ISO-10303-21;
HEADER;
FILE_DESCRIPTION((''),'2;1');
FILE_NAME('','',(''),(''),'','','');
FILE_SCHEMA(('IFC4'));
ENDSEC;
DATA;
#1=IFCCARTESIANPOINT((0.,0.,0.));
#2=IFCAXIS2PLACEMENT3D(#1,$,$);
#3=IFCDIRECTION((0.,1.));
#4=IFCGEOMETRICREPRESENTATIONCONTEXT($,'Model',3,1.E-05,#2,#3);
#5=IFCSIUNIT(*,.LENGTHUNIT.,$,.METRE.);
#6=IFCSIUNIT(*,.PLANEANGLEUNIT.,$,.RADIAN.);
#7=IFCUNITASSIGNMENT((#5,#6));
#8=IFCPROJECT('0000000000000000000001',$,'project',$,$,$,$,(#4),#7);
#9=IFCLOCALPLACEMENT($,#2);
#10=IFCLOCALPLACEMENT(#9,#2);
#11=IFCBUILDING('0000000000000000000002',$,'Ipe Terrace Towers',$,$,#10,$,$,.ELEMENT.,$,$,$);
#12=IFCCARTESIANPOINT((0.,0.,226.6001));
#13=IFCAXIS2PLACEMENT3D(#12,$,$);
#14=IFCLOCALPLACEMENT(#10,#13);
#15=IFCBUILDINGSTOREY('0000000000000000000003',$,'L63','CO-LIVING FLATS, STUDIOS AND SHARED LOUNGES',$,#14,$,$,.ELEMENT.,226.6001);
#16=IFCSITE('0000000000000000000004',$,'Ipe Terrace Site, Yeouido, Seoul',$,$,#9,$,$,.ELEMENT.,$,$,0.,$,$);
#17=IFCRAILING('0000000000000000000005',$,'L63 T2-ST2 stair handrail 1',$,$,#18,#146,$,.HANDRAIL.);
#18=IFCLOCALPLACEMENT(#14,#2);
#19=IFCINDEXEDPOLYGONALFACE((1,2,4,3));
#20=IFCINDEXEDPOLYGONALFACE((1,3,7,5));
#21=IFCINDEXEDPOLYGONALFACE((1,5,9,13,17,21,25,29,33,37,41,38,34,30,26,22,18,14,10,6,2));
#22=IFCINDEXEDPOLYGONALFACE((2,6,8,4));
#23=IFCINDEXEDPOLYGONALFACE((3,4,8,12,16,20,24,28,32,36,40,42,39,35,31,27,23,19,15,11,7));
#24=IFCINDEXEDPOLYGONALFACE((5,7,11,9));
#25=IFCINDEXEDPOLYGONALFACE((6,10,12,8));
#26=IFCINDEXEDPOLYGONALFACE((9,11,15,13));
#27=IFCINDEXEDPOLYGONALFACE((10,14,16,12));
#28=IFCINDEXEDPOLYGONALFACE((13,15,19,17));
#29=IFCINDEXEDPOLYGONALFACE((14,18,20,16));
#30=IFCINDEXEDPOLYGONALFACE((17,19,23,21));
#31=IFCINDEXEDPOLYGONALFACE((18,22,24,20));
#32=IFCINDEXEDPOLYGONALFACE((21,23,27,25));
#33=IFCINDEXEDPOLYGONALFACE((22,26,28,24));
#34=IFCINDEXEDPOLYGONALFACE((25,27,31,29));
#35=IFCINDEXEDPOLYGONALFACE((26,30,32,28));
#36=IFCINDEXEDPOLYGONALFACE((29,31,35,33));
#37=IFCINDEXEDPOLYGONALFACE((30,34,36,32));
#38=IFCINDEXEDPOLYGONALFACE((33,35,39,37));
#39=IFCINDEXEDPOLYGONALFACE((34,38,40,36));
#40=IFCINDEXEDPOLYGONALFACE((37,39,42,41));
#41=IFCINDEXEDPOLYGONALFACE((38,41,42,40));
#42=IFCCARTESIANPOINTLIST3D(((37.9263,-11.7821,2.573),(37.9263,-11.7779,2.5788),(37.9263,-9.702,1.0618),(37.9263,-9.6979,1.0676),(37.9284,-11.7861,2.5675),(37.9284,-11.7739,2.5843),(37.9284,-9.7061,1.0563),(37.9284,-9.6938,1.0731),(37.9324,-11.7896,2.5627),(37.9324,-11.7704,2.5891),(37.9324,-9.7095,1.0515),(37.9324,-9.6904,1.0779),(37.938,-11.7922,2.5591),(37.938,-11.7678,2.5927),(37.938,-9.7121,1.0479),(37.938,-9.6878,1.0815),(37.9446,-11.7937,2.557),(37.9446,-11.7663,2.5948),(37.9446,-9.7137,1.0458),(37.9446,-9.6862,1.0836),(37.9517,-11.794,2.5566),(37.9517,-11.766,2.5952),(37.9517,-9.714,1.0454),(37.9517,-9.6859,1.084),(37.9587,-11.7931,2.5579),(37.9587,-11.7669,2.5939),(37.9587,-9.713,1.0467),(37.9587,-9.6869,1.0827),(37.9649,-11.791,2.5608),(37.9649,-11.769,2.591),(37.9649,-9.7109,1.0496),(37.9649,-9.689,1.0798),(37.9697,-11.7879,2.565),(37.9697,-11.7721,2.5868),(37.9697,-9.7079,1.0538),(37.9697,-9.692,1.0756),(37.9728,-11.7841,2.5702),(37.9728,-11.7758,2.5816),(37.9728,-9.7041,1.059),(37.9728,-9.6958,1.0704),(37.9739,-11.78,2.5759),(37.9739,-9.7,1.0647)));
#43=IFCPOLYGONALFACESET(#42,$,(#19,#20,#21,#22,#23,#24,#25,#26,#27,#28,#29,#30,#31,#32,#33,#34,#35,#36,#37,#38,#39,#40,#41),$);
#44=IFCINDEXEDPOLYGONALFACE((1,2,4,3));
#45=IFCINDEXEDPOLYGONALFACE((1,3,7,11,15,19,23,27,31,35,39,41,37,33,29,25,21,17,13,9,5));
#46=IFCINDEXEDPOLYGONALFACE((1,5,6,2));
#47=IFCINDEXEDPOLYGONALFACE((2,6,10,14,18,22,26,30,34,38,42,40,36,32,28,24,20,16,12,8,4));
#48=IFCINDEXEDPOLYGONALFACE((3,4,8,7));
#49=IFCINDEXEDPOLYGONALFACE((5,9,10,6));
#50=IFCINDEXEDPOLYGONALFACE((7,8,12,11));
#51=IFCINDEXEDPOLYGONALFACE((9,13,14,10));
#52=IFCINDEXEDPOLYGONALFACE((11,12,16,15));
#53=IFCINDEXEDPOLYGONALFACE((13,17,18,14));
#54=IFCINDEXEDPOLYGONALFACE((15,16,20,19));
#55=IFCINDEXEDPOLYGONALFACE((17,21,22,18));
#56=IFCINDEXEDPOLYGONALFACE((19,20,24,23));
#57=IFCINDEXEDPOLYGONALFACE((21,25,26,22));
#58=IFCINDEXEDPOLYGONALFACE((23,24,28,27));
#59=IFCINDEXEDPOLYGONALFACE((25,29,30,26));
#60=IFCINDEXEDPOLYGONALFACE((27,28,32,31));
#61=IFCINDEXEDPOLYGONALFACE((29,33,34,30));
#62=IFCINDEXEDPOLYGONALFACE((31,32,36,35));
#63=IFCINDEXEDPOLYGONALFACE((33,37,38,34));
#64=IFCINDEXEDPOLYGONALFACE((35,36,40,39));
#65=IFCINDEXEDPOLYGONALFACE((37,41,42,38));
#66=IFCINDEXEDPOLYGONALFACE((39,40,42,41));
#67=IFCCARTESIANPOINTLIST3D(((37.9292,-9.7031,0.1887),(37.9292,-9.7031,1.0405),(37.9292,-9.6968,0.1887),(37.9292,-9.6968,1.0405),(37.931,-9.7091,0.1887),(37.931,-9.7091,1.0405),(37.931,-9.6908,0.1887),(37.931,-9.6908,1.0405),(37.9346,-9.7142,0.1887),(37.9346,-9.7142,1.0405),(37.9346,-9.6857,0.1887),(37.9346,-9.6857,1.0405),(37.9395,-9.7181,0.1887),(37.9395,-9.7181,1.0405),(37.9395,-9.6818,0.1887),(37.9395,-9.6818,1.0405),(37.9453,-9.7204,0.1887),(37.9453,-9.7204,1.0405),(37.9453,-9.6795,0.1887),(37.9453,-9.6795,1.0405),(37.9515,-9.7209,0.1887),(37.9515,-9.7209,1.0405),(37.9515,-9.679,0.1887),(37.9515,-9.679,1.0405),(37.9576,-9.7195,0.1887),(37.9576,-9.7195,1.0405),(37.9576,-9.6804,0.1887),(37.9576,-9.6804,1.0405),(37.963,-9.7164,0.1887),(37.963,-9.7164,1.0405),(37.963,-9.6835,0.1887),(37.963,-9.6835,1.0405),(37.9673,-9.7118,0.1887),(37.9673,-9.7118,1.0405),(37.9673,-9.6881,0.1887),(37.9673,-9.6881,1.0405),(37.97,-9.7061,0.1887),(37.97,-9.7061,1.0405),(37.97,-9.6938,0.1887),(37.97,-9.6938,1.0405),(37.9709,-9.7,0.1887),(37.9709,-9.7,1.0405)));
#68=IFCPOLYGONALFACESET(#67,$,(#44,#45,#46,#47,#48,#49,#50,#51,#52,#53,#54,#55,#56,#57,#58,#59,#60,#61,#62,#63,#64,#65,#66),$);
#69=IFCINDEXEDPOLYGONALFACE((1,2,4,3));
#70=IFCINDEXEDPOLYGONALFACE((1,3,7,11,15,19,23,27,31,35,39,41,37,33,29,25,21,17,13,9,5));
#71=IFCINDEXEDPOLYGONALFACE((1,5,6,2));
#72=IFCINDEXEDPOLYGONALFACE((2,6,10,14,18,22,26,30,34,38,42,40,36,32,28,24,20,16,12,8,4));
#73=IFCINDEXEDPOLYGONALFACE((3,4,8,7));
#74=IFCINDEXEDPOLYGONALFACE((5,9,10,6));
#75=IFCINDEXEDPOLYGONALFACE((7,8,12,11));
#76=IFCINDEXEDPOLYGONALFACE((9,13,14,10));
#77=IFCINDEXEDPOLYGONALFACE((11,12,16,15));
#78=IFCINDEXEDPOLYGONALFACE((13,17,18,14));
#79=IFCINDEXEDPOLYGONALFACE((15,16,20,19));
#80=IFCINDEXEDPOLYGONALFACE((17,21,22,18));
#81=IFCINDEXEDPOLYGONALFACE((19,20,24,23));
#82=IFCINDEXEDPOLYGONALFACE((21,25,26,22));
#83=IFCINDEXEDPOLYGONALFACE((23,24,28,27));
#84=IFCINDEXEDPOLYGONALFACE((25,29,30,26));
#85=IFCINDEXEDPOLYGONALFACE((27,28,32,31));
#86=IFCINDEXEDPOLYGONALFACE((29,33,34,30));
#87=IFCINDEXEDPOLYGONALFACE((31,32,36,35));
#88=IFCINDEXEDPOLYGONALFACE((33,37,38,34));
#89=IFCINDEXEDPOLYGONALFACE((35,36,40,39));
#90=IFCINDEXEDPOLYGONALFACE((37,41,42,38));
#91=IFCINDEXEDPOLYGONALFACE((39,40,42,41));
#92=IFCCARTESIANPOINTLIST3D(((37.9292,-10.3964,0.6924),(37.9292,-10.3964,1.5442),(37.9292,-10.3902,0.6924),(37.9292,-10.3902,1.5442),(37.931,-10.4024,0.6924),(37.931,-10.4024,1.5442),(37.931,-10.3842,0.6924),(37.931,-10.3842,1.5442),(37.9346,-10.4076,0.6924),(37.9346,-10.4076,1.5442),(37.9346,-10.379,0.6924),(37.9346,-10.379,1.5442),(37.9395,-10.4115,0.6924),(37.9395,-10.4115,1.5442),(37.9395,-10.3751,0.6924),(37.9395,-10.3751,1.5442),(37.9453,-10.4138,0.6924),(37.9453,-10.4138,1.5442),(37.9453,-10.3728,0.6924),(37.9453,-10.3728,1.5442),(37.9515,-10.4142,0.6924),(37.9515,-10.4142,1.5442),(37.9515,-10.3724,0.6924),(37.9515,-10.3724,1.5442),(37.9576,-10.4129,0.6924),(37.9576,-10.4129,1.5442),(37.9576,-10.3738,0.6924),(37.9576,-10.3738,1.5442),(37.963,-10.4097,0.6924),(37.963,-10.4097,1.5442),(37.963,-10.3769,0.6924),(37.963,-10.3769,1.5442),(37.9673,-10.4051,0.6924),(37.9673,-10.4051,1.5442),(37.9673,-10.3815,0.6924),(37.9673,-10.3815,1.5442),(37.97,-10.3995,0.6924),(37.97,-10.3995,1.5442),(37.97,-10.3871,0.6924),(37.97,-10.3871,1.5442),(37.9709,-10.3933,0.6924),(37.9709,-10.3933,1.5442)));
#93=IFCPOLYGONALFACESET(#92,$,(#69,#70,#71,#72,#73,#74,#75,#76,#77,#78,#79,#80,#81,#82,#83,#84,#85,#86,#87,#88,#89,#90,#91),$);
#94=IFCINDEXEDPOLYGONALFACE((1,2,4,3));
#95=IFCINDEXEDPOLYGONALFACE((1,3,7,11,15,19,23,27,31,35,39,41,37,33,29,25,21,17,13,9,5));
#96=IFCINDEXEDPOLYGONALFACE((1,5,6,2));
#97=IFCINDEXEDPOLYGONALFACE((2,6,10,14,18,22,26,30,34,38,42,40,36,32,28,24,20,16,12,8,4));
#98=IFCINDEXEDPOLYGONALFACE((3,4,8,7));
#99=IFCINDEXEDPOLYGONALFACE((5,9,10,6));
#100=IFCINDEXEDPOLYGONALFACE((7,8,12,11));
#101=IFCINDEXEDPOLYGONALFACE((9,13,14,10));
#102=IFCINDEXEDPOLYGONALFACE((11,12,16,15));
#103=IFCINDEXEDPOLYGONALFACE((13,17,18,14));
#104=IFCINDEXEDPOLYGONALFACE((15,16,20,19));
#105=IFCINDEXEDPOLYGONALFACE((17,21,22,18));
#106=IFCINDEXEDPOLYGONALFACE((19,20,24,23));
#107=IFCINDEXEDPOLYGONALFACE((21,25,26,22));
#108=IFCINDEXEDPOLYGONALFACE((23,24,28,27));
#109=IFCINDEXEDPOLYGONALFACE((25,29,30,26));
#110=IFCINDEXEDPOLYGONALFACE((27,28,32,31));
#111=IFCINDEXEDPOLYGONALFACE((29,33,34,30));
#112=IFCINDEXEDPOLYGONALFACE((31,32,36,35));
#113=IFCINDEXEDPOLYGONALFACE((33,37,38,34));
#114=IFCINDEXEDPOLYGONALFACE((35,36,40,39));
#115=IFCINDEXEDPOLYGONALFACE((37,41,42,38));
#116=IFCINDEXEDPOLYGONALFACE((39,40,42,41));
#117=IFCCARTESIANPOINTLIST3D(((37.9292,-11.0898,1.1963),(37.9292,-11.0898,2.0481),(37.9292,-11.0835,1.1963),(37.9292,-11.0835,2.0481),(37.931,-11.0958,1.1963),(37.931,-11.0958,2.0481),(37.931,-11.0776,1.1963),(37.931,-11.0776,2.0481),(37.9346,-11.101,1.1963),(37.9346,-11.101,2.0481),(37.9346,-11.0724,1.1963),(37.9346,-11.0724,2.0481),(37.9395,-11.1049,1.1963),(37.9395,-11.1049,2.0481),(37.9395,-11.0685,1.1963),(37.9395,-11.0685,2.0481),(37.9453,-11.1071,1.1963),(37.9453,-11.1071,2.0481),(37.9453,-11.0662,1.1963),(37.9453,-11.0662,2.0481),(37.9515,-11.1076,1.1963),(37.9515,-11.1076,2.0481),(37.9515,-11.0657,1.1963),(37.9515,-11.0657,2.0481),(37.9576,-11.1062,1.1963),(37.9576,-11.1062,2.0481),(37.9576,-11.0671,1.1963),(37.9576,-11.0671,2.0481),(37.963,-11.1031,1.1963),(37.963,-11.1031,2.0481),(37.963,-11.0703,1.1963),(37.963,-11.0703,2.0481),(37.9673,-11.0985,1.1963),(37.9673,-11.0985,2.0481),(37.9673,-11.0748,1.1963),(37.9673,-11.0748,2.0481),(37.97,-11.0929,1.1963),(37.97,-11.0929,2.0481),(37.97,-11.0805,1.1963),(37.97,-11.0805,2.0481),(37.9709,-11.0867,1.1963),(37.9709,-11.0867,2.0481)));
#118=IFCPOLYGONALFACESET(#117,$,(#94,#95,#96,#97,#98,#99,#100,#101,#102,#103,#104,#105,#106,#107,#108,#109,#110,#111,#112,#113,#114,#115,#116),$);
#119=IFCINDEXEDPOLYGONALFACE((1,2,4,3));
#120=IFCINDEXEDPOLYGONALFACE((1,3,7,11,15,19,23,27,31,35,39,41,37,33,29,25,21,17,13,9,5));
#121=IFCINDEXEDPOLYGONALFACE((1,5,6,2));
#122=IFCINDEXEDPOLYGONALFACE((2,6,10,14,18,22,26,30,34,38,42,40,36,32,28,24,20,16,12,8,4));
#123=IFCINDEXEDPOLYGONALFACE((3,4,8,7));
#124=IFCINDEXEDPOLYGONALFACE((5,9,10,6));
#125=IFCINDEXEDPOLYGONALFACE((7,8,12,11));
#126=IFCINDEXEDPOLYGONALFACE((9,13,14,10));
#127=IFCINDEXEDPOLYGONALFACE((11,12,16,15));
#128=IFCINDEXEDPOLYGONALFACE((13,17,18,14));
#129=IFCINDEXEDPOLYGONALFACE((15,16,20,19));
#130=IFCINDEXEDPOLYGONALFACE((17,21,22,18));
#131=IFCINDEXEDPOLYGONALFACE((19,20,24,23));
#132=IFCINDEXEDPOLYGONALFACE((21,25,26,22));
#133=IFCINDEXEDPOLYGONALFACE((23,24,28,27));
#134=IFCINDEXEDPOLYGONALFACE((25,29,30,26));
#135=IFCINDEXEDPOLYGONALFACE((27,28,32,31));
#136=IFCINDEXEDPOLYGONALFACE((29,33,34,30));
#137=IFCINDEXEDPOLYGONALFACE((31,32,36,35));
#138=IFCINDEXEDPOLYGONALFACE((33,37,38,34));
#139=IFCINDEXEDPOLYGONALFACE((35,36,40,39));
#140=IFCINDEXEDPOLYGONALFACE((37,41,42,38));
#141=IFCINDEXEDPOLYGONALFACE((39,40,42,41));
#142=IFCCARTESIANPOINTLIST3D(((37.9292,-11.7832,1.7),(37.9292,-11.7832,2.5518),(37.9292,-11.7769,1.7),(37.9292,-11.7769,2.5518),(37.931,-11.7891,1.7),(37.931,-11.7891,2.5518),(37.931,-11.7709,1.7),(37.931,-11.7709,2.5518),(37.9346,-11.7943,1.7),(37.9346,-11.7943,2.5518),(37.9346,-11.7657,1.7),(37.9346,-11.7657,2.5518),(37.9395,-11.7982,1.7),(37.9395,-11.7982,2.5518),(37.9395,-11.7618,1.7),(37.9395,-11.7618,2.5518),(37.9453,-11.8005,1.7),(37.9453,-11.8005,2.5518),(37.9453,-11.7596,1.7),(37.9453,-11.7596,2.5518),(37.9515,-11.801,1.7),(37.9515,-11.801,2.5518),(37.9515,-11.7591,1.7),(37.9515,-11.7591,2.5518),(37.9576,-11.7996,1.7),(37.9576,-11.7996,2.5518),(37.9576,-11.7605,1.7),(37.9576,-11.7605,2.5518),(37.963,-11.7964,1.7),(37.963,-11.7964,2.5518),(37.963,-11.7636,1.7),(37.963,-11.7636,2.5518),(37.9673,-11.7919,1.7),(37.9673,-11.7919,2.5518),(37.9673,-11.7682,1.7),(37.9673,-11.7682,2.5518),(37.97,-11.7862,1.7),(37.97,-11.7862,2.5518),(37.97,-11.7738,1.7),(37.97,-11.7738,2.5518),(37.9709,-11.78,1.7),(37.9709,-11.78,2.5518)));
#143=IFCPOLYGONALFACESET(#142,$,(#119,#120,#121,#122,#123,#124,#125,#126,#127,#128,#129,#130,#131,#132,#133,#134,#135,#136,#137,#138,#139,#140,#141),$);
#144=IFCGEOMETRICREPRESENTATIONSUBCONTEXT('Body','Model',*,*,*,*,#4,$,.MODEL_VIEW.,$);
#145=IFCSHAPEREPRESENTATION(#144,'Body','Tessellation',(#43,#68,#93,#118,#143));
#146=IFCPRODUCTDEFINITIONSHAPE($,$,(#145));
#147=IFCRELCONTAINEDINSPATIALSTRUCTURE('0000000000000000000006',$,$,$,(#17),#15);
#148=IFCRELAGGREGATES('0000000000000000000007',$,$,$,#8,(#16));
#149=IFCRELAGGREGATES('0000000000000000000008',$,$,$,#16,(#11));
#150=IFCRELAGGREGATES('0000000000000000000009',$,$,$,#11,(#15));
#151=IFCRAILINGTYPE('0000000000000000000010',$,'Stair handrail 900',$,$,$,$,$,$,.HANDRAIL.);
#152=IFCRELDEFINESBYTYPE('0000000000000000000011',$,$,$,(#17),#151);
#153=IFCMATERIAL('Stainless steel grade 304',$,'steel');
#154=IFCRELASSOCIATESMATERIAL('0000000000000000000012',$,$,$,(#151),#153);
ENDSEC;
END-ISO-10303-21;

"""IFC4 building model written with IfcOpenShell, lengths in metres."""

from ifc_helpers import new_model, si_unit, direction, frame, origin, origin_2d, place, context, subcontext, project, spatial, circle, extrude, material, type_object, element, save


model = new_model("IFC4")

# Units and contexts
model_context = context("Model", 3, precision=1e-05, world=origin(), true_north=direction((0.0, 1.0)))
body_context = subcontext(model_context, "Body", "Model", "MODEL_VIEW")
ifc_project = project(units=[si_unit("LENGTHUNIT", "METRE"), si_unit("PLANEANGLEUNIT", "RADIAN")], contexts=[model_context])

# Site, building, storey
site_placement = place(None, origin())
site = spatial("IfcSite", under=ifc_project, at=site_placement, Name="Ipe Terrace Site, Yeouido, Seoul", CompositionType="ELEMENT", RefElevation=0.0)
building_placement = place(site_placement, origin())
building = spatial("IfcBuilding", under=site, at=building_placement, Name="Ipe Terrace Towers", CompositionType="ELEMENT")
storey_placement = place(building_placement, frame((0.0, 0.0, 226.6001)))
storey = spatial("IfcBuildingStorey", under=building, at=storey_placement, Name="L63", Description="CO-LIVING FLATS, STUDIOS AND SHARED LOUNGES", CompositionType="ELEMENT", Elevation=226.6001)

# Railing
ifc_material_1 = material(Name="Stainless steel grade 304", Category="steel")
railing_type_1 = type_object("IfcRailingType", Name="Stair handrail 900", PredefinedType="HANDRAIL", material=ifc_material_1)
railing_1_placement = place(storey_placement, frame((37.95, -9.7, 0.1887)))
element("IfcRailing", 1, at=railing_1_placement, inside=storey, type_object=railing_type_1, Name="L63 T2-ST2 stair handrail 1", PredefinedType="HANDRAIL", context=body_context, shape_type="SweptSolid", body=[
    extrude(circle(Radius=0.0239, at=origin_2d()), frame((0.0, 0.0, 0.876), z_axis=(0.0, -0.809023, 0.587776), x_axis=(1.0, 0.0, 0.0)), (0.0, 0.0, 1.0), 2.571),
    extrude(circle(Radius=0.021, at=origin_2d()), origin(), (0.0, 0.0, 1.0), 0.8518),
    extrude(circle(Radius=0.021, at=origin_2d()), frame((0.0, -0.6934, 0.5037)), (0.0, 0.0, 1.0), 0.8518),
    extrude(circle(Radius=0.021, at=origin_2d()), frame((0.0, -1.3867, 1.0076)), (0.0, 0.0, 1.0), 0.8518),
    extrude(circle(Radius=0.021, at=origin_2d()), frame((0.0, -2.0801, 1.5112)), (0.0, 0.0, 1.0), 0.8518),
])

save(model, "model.ifc")
